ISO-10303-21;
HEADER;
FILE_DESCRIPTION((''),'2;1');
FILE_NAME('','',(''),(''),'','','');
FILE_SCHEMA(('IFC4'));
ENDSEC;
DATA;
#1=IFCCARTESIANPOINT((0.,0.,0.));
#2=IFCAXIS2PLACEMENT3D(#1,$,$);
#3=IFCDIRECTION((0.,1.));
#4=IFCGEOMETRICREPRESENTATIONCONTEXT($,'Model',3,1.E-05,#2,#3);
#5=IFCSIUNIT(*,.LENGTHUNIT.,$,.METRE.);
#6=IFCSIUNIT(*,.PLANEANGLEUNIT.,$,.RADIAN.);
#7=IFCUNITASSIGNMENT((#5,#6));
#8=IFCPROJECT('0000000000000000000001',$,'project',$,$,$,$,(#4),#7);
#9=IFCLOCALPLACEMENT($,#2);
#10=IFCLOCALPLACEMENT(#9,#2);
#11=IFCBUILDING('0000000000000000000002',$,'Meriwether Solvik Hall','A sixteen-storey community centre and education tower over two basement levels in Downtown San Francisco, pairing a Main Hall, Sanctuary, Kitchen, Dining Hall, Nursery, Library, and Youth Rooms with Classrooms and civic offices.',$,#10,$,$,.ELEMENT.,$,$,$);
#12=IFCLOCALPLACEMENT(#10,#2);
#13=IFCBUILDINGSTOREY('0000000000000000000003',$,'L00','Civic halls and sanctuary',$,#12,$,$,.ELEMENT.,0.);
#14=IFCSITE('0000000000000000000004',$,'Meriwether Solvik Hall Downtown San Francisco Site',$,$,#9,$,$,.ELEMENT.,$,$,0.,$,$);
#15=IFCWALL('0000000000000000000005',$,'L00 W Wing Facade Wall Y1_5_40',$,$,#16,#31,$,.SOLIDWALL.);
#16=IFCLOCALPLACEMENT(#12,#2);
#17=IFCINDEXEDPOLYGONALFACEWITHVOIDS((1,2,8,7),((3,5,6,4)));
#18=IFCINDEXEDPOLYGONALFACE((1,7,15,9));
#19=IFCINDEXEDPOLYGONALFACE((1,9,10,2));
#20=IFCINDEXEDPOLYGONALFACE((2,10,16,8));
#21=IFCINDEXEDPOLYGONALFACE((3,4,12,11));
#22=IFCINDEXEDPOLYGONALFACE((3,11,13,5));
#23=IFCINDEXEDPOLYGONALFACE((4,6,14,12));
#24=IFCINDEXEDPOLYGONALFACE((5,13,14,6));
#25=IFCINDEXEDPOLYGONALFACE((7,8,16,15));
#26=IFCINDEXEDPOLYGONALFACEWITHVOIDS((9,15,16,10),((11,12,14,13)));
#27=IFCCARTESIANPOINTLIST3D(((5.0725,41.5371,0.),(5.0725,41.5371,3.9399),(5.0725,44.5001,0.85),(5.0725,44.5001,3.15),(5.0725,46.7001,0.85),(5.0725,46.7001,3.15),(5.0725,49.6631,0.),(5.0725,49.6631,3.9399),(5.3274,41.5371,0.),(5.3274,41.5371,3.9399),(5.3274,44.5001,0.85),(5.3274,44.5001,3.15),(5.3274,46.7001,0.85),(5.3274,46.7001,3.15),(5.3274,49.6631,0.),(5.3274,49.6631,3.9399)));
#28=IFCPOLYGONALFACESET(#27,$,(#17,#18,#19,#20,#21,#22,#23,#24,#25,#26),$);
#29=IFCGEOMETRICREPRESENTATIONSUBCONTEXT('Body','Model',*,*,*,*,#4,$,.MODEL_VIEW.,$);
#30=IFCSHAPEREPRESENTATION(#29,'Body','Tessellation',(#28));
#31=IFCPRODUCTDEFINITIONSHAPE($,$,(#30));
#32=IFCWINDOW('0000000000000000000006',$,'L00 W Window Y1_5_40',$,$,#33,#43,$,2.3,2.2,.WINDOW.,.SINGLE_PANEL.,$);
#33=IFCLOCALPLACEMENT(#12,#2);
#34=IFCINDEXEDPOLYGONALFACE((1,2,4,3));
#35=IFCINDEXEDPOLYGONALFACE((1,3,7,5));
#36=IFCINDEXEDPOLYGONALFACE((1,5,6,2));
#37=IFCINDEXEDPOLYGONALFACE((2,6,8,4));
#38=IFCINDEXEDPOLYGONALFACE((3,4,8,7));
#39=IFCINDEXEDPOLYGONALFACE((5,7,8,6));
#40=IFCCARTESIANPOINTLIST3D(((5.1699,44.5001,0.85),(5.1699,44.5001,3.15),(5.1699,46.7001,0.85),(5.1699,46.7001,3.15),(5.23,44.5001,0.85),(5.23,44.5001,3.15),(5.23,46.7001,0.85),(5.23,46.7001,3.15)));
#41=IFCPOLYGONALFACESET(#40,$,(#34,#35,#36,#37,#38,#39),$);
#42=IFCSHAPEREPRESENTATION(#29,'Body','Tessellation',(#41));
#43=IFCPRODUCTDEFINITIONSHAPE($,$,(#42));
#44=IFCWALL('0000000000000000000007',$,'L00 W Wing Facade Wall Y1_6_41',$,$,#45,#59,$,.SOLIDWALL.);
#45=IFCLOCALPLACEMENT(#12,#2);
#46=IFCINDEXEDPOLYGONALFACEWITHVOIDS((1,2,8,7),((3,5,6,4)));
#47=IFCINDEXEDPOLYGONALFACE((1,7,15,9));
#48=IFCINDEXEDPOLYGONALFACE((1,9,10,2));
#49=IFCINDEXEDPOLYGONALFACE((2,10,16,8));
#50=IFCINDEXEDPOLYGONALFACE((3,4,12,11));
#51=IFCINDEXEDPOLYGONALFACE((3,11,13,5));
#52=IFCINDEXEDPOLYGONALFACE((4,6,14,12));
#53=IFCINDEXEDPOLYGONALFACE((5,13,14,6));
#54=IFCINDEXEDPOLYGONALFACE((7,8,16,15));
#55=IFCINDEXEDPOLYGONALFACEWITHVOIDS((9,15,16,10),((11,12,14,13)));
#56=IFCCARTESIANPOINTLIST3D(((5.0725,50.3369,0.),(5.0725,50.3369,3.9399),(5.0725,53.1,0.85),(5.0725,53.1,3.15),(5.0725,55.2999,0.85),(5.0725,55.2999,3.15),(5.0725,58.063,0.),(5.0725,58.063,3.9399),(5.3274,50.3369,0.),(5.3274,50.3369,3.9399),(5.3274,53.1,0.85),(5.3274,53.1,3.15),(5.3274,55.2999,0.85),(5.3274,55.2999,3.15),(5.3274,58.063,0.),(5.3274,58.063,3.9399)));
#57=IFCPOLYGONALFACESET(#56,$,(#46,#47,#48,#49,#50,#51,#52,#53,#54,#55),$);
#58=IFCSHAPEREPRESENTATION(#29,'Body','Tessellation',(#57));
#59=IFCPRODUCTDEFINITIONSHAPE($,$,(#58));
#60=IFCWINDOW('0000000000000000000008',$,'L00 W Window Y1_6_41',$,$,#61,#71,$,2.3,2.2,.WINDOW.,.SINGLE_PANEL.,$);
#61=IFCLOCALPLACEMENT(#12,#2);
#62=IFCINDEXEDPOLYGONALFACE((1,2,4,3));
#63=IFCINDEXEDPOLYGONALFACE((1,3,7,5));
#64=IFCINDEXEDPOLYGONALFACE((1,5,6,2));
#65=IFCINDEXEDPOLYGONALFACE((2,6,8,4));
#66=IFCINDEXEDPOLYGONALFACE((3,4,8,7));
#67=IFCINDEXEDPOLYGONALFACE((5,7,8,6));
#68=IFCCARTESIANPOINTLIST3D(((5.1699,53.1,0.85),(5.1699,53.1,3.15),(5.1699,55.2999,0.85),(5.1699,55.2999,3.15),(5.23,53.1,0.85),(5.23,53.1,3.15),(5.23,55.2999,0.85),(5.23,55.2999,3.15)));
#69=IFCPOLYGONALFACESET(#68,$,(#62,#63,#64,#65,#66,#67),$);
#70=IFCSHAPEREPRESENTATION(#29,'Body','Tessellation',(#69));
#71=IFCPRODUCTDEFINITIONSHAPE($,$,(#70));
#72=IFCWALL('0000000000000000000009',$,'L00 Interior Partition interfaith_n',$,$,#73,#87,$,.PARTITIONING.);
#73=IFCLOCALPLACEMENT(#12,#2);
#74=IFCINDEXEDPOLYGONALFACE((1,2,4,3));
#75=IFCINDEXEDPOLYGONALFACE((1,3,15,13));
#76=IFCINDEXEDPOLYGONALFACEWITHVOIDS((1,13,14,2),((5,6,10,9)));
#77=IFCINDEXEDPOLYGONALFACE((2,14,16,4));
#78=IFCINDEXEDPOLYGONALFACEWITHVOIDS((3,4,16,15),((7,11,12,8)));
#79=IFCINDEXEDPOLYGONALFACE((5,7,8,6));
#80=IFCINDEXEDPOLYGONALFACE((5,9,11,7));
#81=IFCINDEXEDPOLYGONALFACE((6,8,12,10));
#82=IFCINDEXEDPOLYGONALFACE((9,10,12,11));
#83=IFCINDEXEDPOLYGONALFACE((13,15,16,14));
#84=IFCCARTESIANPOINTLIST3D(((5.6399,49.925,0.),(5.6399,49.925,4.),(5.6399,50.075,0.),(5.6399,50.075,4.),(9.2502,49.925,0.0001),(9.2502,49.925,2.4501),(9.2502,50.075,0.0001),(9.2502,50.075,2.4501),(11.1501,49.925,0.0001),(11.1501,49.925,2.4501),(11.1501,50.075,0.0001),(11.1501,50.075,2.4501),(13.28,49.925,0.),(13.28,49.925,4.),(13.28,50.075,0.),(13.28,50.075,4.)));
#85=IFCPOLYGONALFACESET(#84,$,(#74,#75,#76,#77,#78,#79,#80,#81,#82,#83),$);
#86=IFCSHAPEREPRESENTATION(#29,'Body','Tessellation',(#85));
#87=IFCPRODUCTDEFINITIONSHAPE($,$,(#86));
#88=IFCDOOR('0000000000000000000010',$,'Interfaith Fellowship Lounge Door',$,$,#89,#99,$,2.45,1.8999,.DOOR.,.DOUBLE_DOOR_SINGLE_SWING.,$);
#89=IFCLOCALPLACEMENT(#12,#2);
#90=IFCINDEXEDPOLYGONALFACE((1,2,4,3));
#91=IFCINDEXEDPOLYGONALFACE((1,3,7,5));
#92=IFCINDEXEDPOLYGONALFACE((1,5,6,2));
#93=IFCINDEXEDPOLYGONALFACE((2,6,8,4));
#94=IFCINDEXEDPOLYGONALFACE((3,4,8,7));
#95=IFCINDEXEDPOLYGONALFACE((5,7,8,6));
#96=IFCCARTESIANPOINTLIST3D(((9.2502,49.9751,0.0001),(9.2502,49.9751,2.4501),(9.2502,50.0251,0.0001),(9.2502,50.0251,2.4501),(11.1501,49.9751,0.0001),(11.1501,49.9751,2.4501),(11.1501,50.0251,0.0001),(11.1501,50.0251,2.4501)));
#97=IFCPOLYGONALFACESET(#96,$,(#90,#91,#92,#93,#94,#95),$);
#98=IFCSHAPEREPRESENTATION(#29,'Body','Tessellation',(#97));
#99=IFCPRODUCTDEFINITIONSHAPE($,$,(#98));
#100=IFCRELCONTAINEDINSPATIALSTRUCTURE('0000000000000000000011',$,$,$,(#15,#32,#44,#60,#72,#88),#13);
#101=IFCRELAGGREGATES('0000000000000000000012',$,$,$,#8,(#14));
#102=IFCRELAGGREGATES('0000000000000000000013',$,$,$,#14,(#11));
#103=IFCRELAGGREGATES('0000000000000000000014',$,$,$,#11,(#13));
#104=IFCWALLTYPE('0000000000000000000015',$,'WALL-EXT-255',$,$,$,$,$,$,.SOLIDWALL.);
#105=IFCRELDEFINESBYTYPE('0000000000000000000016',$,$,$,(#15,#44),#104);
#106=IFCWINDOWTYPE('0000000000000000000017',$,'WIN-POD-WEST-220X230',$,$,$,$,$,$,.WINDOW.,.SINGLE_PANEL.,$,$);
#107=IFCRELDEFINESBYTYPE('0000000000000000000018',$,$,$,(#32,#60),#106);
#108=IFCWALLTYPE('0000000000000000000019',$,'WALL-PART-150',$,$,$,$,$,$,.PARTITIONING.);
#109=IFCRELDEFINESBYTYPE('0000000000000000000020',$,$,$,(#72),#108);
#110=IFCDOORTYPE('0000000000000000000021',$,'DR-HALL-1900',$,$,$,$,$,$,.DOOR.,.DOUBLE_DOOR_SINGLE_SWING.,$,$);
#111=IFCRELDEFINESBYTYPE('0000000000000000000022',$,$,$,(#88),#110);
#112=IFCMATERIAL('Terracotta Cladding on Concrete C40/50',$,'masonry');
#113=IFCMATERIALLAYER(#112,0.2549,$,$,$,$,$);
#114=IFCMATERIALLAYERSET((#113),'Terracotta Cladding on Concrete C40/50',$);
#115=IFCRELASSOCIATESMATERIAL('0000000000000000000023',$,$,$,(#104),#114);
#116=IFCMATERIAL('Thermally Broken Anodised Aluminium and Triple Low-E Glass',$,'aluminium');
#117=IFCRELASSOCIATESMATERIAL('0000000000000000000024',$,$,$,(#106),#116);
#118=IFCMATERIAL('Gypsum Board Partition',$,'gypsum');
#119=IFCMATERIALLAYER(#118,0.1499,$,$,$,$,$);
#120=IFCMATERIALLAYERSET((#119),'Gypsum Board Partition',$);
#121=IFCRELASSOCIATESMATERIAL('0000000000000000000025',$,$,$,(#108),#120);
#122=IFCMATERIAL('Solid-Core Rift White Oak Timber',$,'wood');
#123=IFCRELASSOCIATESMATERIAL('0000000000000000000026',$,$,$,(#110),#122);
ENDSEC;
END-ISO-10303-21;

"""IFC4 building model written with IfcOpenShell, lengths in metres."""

from ifc_helpers import new_model, si_unit, direction, frame, frame_2d, origin, place, context, subcontext, project, spatial, rectangle, extrude, material, layer, layer_set, type_object, element, fill, save


model = new_model("IFC4")

# Units and contexts
model_context = context("Model", 3, precision=1e-05, world=origin(), true_north=direction((0.0, 1.0)))
body_context = subcontext(model_context, "Body", "Model", "MODEL_VIEW")
ifc_project = project(units=[si_unit("LENGTHUNIT", "METRE"), si_unit("PLANEANGLEUNIT", "RADIAN")], contexts=[model_context])

# Site, building, storey
site_placement = place(None, origin())
site = spatial("IfcSite", under=ifc_project, at=site_placement, Name="Meriwether Solvik Hall Downtown San Francisco Site", CompositionType="ELEMENT", RefElevation=0.0)
building_placement = place(site_placement, origin())
building = spatial("IfcBuilding", under=site, at=building_placement, Name="Meriwether Solvik Hall", Description="A sixteen-storey community centre and education tower over two basement levels in Downtown San Francisco, pairing a Main Hall, Sanctuary, Kitchen, Dining Hall, Nursery, Library, and Youth Rooms with Classrooms and civic offices.", CompositionType="ELEMENT")
storey_placement = place(building_placement, origin())
storey = spatial("IfcBuildingStorey", under=building, at=storey_placement, Name="L00", Description="Civic halls and sanctuary", CompositionType="ELEMENT", Elevation=0.0)

# Walls, openings, windows
ifc_material_1 = material(Name="Terracotta Cladding on Concrete C40/50", Category="masonry")
ifc_layer_1 = layer(ifc_material_1, 0.2549)
ifc_layer_set_1 = layer_set([ifc_layer_1], Name="Terracotta Cladding on Concrete C40/50")
wall_type_1 = type_object("IfcWallType", Name="WALL-EXT-255", PredefinedType="SOLIDWALL", material=ifc_layer_set_1)
wall_1_placement = place(storey_placement, frame((5.2, 41.5371, 0.0), z_axis=(0.0, 0.0, 1.0), x_axis=(0.0, 1.0, 0.0)))
wall_1 = element("IfcWall", 1, at=wall_1_placement, inside=storey, type_object=wall_type_1, Name="L00 W Wing Facade Wall Y1_5_40", PredefinedType="SOLIDWALL", context=body_context, shape_type="SweptSolid", body=[
    extrude(rectangle(XDim=8.126, YDim=0.2549, at=frame_2d((4.063, 0.0))), origin(), (0.0, 0.0, 1.0), 3.9399),
])
opening_1_placement = place(wall_1_placement, frame((2.9629, 0.0, 0.8501)))
opening_1 = element("IfcOpeningElement", 2, at=opening_1_placement, cuts=wall_1, PredefinedType="OPENING", context=body_context, shape_type="SweptSolid", body=[
    extrude(rectangle(XDim=2.2, YDim=2.3, at=frame_2d((1.1001, 1.1499))), frame((0.0, 0.1394, 0.0), z_axis=(0.0, -1.0, 0.0), x_axis=(1.0, 0.0, 0.0)), (0.0, 0.0, 1.0), 0.2788),
])
ifc_material_2 = material(Name="Thermally Broken Anodised Aluminium and Triple Low-E Glass", Category="aluminium")
window_type = type_object("IfcWindowType", Name="WIN-POD-WEST-220X230", PartitioningType="SINGLE_PANEL", PredefinedType="WINDOW", material=ifc_material_2)
window_1_placement = place(opening_1_placement, origin())
window_1 = element("IfcWindow", 3, at=window_1_placement, inside=storey, type_object=window_type, Name="L00 W Window Y1_5_40", OverallHeight=2.3, OverallWidth=2.2, PartitioningType="SINGLE_PANEL", PredefinedType="WINDOW", context=body_context, shape_type="SweptSolid", body=[
    extrude(rectangle(XDim=2.2, YDim=2.3, at=frame_2d((1.1001, 1.1499))), frame((0.0, 0.03, 0.0), z_axis=(0.0, -1.0, 0.0), x_axis=(1.0, 0.0, 0.0)), (0.0, 0.0, 1.0), 0.0601),
])
fill(opening_1, window_1)
wall_2_placement = place(storey_placement, frame((5.2, 50.3369, 0.0), z_axis=(0.0, 0.0, 1.0), x_axis=(0.0, 1.0, 0.0)))
wall_2 = element("IfcWall", 4, at=wall_2_placement, inside=storey, type_object=wall_type_1, Name="L00 W Wing Facade Wall Y1_6_41", PredefinedType="SOLIDWALL", context=body_context, shape_type="SweptSolid", body=[
    extrude(rectangle(XDim=7.7261, YDim=0.2549, at=frame_2d((3.863, 0.0))), origin(), (0.0, 0.0, 1.0), 3.9399),
])
opening_2_placement = place(wall_2_placement, frame((2.7629, 0.0, 0.8501)))
opening_2 = element("IfcOpeningElement", 5, at=opening_2_placement, cuts=wall_2, PredefinedType="OPENING", context=body_context, shape_type="SweptSolid", body=[
    extrude(rectangle(XDim=2.2, YDim=2.3, at=frame_2d((1.1001, 1.1499))), frame((0.0, 0.1394, 0.0), z_axis=(0.0, -1.0, 0.0), x_axis=(1.0, 0.0, 0.0)), (0.0, 0.0, 1.0), 0.2788),
])
window_2_placement = place(opening_2_placement, origin())
window_2 = element("IfcWindow", 6, at=window_2_placement, inside=storey, type_object=window_type, Name="L00 W Window Y1_6_41", OverallHeight=2.3, OverallWidth=2.2, PartitioningType="SINGLE_PANEL", PredefinedType="WINDOW", context=body_context, shape_type="SweptSolid", body=[
    extrude(rectangle(XDim=2.2, YDim=2.3, at=frame_2d((1.1001, 1.1499))), frame((0.0, 0.03, 0.0), z_axis=(0.0, -1.0, 0.0), x_axis=(1.0, 0.0, 0.0)), (0.0, 0.0, 1.0), 0.0601),
])
fill(opening_2, window_2)

# Wall, opening, door
ifc_material_3 = material(Name="Gypsum Board Partition", Category="gypsum")
ifc_layer_2 = layer(ifc_material_3, 0.1499)
ifc_layer_set_2 = layer_set([ifc_layer_2], Name="Gypsum Board Partition")
wall_type_2 = type_object("IfcWallType", Name="WALL-PART-150", PredefinedType="PARTITIONING", material=ifc_layer_set_2)
wall_3_placement = place(storey_placement, frame((13.28, 50.0, 0.0), z_axis=(0.0, 0.0, 1.0), x_axis=(-1.0, 0.0, 0.0)))
wall_3 = element("IfcWall", 7, at=wall_3_placement, inside=storey, type_object=wall_type_2, Name="L00 Interior Partition interfaith_n", PredefinedType="PARTITIONING", context=body_context, shape_type="SweptSolid", body=[
    extrude(rectangle(XDim=7.6401, YDim=0.1499, at=frame_2d((3.8201, 0.0))), origin(), (0.0, 0.0, 1.0), 4.0),
])
opening_3_placement = place(wall_3_placement, frame((2.1299, 0.0, 0.0)))
opening_3 = element("IfcOpeningElement", 8, at=opening_3_placement, cuts=wall_3, PredefinedType="OPENING", context=body_context, shape_type="SweptSolid", body=[
    extrude(rectangle(XDim=1.8999, YDim=2.45, at=frame_2d((0.95, 1.2251))), frame((0.0, 0.0869, 0.0), z_axis=(0.0, -1.0, 0.0), x_axis=(1.0, 0.0, 0.0)), (0.0, 0.0, 1.0), 0.1738),
])
ifc_material_4 = material(Name="Solid-Core Rift White Oak Timber", Category="wood")
door_type = type_object("IfcDoorType", Name="DR-HALL-1900", OperationType="DOUBLE_DOOR_SINGLE_SWING", PredefinedType="DOOR", material=ifc_material_4)
door_placement = place(opening_3_placement, origin())
door = element("IfcDoor", 9, at=door_placement, inside=storey, type_object=door_type, Name="Interfaith Fellowship Lounge Door", OperationType="DOUBLE_DOOR_SINGLE_SWING", OverallHeight=2.45, OverallWidth=1.8999, PredefinedType="DOOR", context=body_context, shape_type="SweptSolid", body=[
    extrude(rectangle(XDim=1.8999, YDim=2.45, at=frame_2d((0.95, 1.2251))), frame((0.0, 0.0249, 0.0), z_axis=(0.0, -1.0, 0.0), x_axis=(1.0, 0.0, 0.0)), (0.0, 0.0, 1.0), 0.05),
])
fill(opening_3, door)

save(model, "model.ifc")
